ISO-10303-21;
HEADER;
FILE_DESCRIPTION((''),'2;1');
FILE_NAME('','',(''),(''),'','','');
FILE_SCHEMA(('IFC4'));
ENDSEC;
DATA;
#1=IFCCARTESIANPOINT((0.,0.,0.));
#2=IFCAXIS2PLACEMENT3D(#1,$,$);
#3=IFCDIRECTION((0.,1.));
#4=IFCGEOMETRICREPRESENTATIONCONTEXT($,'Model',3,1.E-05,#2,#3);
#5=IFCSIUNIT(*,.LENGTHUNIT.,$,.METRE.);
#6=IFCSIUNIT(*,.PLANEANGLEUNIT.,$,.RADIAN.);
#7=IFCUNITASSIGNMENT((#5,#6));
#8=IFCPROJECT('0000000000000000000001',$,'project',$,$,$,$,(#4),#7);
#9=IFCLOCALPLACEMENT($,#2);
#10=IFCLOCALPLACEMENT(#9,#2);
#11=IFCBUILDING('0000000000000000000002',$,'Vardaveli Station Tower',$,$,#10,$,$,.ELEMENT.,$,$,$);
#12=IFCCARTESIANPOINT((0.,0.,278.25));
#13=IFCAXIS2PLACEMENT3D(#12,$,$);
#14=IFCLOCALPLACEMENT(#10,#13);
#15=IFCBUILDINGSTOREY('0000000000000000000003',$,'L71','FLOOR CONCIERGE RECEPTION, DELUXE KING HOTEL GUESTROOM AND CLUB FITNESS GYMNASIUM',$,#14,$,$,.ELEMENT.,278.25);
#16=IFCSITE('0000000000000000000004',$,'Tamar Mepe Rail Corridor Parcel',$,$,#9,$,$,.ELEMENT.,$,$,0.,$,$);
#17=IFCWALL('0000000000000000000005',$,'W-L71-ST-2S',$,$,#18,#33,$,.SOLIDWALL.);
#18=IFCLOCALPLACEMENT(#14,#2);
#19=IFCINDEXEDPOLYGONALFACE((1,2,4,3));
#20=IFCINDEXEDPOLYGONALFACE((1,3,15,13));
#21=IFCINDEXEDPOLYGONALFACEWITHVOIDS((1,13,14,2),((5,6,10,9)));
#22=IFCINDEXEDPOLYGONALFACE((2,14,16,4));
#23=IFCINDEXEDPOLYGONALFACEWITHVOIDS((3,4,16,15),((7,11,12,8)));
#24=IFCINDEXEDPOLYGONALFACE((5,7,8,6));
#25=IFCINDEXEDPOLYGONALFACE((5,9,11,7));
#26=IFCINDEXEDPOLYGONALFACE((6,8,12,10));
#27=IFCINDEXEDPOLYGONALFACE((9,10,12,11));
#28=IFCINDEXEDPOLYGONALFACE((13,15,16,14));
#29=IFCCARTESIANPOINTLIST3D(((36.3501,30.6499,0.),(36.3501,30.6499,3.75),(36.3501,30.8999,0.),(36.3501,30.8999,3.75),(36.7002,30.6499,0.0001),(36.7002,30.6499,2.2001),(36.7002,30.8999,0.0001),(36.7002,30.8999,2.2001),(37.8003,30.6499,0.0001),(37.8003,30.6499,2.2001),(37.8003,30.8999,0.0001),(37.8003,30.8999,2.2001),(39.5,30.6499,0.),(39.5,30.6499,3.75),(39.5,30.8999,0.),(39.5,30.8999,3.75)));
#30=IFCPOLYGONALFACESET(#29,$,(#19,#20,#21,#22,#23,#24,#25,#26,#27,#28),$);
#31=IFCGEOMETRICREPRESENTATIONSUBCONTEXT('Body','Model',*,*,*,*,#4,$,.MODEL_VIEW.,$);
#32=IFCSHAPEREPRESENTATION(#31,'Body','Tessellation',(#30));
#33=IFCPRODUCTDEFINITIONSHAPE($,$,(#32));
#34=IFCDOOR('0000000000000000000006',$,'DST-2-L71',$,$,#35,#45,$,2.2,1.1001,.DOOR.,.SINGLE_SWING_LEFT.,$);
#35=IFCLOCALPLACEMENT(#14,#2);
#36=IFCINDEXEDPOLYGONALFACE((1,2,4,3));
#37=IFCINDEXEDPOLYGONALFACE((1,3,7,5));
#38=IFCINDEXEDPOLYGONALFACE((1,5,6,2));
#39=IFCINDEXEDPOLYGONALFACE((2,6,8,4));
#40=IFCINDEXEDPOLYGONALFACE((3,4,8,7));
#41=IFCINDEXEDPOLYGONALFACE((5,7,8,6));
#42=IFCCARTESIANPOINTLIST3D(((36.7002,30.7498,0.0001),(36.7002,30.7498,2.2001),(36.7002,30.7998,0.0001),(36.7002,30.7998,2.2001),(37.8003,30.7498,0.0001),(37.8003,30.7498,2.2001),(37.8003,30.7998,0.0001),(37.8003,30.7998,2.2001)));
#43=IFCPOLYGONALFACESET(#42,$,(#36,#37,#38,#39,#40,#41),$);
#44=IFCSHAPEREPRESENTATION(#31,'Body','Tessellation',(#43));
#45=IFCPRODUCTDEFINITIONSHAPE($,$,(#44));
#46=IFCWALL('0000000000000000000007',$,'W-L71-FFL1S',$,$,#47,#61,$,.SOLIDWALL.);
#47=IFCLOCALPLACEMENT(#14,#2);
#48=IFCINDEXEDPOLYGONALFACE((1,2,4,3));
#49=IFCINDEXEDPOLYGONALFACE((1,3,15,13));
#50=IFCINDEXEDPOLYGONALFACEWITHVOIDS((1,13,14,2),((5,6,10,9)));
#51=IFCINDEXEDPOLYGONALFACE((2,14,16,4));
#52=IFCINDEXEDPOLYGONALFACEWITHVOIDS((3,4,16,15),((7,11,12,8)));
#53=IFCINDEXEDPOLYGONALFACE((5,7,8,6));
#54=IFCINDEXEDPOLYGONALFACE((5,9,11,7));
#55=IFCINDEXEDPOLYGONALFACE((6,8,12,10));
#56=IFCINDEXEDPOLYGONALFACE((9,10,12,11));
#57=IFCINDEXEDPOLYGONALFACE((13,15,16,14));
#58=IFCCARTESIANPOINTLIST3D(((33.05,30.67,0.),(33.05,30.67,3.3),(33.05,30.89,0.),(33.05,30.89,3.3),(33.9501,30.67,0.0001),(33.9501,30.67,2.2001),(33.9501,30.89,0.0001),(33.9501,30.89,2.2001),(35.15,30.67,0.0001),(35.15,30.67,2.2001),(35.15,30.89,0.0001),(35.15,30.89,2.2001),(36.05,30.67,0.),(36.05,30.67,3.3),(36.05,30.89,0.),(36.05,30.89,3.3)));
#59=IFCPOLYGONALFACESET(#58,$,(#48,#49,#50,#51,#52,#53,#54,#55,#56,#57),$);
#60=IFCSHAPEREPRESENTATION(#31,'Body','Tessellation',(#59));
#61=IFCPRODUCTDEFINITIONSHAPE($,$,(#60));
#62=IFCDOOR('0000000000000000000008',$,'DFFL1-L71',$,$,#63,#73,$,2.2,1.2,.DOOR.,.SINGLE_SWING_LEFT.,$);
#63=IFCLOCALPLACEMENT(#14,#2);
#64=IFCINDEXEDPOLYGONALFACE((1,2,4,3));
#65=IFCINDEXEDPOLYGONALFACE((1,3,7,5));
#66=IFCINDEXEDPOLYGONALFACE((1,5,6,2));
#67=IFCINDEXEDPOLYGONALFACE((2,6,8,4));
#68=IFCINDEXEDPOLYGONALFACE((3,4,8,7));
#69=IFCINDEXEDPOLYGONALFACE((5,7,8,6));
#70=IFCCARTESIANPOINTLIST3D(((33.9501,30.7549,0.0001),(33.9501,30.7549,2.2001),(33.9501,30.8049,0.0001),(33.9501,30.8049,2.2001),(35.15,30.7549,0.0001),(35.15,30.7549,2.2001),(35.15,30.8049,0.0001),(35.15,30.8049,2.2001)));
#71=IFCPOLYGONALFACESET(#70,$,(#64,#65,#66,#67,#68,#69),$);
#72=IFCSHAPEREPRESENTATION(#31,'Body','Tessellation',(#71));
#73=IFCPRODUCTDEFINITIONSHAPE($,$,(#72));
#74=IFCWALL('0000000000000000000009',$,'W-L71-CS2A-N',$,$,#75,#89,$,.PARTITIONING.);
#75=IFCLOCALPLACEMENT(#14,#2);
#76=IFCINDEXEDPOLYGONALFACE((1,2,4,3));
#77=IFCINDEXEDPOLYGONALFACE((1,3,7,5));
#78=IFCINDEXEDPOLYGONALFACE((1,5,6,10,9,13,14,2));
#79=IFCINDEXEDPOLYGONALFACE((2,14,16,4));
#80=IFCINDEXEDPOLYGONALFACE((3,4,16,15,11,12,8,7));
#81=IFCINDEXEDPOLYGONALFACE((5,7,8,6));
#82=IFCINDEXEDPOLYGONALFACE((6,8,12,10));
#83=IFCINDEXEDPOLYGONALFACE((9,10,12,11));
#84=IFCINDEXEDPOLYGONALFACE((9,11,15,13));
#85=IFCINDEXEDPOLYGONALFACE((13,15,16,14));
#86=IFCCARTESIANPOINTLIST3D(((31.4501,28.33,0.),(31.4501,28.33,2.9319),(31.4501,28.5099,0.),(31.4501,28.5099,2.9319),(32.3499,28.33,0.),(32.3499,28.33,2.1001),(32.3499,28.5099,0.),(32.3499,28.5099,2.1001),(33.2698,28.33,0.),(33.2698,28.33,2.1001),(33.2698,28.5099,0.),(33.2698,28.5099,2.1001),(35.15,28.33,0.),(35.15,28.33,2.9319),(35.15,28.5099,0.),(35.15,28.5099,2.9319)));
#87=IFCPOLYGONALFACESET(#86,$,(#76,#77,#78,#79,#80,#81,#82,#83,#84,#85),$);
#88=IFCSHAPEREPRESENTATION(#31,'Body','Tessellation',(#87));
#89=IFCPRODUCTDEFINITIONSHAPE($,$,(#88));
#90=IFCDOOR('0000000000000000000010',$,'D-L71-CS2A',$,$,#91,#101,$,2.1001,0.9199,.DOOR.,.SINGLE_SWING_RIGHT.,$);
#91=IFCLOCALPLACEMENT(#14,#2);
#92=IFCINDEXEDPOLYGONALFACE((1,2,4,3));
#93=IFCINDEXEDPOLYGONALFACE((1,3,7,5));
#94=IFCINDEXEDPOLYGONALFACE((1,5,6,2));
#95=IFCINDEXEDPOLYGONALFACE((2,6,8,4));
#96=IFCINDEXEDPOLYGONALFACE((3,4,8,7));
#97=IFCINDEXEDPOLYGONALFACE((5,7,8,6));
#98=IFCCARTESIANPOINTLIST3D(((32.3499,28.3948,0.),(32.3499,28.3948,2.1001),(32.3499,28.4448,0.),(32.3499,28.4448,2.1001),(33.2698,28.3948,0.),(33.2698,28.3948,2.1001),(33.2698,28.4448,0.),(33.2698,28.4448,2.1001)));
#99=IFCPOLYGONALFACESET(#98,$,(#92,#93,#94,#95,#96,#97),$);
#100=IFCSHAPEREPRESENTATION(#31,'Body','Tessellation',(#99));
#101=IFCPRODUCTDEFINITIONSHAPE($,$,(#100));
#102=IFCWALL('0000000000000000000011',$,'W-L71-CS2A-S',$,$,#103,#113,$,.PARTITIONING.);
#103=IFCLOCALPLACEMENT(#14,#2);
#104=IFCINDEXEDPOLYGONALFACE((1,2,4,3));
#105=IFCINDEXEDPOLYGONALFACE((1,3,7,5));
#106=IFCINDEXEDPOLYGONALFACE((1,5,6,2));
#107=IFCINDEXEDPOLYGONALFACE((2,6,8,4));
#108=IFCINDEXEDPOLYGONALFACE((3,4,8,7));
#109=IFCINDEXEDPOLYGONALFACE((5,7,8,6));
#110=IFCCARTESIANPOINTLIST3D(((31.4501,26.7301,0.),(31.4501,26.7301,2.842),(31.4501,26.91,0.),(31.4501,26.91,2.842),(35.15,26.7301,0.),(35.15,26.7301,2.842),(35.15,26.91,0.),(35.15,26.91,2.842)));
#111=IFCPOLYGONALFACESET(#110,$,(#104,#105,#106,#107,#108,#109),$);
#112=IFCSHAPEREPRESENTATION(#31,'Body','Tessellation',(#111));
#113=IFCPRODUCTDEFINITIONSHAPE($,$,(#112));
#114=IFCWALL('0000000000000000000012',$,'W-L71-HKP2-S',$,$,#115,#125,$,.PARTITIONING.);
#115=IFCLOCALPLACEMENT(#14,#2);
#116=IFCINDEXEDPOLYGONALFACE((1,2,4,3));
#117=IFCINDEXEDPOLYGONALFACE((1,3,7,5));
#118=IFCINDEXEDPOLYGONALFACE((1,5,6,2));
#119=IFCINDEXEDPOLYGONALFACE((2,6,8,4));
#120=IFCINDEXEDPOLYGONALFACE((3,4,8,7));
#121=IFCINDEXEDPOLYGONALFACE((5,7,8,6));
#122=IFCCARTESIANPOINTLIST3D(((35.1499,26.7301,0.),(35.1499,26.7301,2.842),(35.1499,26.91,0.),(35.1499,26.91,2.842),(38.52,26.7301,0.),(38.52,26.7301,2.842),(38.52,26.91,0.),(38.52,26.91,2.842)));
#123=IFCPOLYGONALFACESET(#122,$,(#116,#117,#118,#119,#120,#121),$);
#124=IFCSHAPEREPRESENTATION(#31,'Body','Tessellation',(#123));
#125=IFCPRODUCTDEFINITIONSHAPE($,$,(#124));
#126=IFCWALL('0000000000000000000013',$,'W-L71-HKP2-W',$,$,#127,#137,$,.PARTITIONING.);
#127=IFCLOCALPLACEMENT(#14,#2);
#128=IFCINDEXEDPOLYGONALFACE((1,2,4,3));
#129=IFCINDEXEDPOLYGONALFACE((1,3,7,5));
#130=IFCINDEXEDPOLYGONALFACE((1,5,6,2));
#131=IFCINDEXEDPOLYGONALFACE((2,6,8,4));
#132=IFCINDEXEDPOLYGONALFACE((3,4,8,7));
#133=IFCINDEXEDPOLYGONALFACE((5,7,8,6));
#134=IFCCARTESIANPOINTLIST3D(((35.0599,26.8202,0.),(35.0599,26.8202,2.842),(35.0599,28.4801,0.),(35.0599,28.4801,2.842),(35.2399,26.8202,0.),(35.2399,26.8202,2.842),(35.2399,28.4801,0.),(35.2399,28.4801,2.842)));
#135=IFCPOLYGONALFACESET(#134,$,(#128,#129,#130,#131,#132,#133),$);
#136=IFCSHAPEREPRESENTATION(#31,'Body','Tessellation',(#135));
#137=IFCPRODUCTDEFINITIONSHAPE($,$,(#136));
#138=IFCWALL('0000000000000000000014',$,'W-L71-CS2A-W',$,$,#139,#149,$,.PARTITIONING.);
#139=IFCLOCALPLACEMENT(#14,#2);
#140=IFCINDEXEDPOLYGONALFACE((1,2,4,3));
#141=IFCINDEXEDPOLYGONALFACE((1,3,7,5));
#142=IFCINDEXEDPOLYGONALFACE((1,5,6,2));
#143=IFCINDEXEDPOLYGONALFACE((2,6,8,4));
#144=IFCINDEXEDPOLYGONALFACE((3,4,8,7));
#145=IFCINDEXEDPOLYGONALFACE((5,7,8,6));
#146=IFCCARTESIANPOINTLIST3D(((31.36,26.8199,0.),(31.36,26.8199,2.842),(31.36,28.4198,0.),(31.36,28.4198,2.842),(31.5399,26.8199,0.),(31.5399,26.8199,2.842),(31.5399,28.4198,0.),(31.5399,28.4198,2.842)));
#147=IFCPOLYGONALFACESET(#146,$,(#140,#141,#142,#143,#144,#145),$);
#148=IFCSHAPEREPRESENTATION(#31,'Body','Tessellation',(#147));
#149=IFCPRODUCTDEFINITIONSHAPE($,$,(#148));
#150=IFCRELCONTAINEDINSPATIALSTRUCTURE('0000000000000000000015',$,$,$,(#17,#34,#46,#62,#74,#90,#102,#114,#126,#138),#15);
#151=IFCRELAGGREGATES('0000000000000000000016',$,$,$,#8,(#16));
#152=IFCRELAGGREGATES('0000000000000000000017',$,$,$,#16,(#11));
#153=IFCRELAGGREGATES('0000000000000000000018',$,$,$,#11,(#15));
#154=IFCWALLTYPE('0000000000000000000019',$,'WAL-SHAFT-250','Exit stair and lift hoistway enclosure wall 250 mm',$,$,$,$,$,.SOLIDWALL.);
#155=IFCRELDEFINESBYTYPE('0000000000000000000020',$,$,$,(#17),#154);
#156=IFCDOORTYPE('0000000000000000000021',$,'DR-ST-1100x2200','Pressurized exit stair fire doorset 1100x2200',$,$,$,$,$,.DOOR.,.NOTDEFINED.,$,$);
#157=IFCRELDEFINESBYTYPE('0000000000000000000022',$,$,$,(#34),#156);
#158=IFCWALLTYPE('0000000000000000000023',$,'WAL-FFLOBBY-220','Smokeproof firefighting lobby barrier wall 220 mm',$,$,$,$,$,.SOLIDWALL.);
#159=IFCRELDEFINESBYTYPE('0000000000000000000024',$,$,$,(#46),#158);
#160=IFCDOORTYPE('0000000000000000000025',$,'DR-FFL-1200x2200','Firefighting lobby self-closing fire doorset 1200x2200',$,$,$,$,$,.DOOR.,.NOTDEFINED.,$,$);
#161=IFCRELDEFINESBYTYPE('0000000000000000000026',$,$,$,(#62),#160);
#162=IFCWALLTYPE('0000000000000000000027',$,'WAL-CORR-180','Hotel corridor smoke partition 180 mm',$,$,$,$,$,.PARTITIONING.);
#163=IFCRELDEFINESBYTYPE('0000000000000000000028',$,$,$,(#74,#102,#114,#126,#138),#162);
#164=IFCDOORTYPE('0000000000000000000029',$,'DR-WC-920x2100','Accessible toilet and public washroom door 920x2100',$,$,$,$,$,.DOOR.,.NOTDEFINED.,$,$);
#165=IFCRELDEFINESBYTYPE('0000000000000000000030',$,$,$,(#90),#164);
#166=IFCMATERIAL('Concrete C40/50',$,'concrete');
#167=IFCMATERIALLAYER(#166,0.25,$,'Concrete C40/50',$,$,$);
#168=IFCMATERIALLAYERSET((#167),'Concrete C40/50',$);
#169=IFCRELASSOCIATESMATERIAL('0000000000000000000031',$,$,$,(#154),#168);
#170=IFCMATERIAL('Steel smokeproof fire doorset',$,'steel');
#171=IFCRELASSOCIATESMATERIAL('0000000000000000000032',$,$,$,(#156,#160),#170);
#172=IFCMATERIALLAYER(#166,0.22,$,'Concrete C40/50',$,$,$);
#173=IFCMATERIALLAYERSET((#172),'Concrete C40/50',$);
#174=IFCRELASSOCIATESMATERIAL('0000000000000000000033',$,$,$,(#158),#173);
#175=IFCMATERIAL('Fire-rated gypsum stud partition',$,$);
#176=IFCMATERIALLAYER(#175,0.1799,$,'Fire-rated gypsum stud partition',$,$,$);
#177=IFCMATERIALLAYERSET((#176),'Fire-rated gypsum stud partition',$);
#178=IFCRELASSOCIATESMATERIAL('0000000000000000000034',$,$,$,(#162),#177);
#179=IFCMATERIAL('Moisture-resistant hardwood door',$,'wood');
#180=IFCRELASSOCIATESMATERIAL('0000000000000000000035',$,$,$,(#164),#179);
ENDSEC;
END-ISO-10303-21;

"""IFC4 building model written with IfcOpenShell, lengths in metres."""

from ifc_helpers import new_model, si_unit, direction, frame, frame_2d, origin, place, context, subcontext, project, spatial, rectangle, extrude, source, transform, mapped, material, layer, layer_set, type_object, element, fill, save


model = new_model("IFC4")

# Units and contexts
model_context = context("Model", 3, precision=1e-05, world=origin(), true_north=direction((0.0, 1.0)))
body_context = subcontext(model_context, "Body", "Model", "MODEL_VIEW")
ifc_project = project(units=[si_unit("LENGTHUNIT", "METRE"), si_unit("PLANEANGLEUNIT", "RADIAN")], contexts=[model_context])

# Site, building, storey
site_placement = place(None, origin())
site = spatial("IfcSite", under=ifc_project, at=site_placement, Name="Tamar Mepe Rail Corridor Parcel", CompositionType="ELEMENT", RefElevation=0.0)
building_placement = place(site_placement, origin())
building = spatial("IfcBuilding", under=site, at=building_placement, Name="Vardaveli Station Tower", CompositionType="ELEMENT")
storey_placement = place(building_placement, frame((0.0, 0.0, 278.25)))
storey = spatial("IfcBuildingStorey", under=building, at=storey_placement, Name="L71", Description="FLOOR CONCIERGE RECEPTION, DELUXE KING HOTEL GUESTROOM AND CLUB FITNESS GYMNASIUM", CompositionType="ELEMENT", Elevation=278.25)

# Shared definitions
ifc_material_1 = material(Name="Concrete C40/50", Category="concrete")
ifc_layer_1 = layer(ifc_material_1, 0.25, Name="Concrete C40/50")
ifc_layer_set_1 = layer_set([ifc_layer_1], Name="Concrete C40/50")
wall_type_1 = type_object("IfcWallType", Name="WAL-SHAFT-250", Description="Exit stair and lift hoistway enclosure wall 250 mm", PredefinedType="SOLIDWALL", material=ifc_layer_set_1)

# Walls, openings, doors
shared_shape_1 = source(origin(), body_context, "Body", "SweptSolid", [
    extrude(rectangle(XDim=3.1499, YDim=0.25, at=frame_2d((1.575, 0.0))), origin(), (0.0, 0.0, 1.0), 3.75),
])
shared_shape_2 = source(origin(), body_context, "Body", "SweptSolid", [
    extrude(rectangle(XDim=1.1001, YDim=2.2, at=frame_2d((0.55, 1.1001))), frame((0.0, 0.135, 0.0), z_axis=(0.0, -1.0, 0.0), x_axis=(1.0, 0.0, 0.0)), (0.0, 0.0, 1.0), 0.27),
])
ifc_material_2 = material(Name="Steel smokeproof fire doorset", Category="steel")
door_type_1 = type_object("IfcDoorType", Name="DR-ST-1100x2200", Description="Pressurized exit stair fire doorset 1100x2200", OperationType="NOTDEFINED", PredefinedType="DOOR", material=ifc_material_2)
shared_shape_3 = source(origin(), body_context, "Body", "SweptSolid", [
    extrude(rectangle(XDim=1.1001, YDim=2.2, at=frame_2d((0.55, 1.1001))), frame((0.0, 0.0249, 0.0), z_axis=(0.0, -1.0, 0.0), x_axis=(1.0, 0.0, 0.0)), (0.0, 0.0, 1.0), 0.05),
])
wall_1_placement = place(storey_placement, frame((36.3501, 30.7749, 0.0), z_axis=(0.0, 0.0, 1.0), x_axis=(1.0, 0.0, 0.0)))
wall_1 = element("IfcWall", 1, at=wall_1_placement, inside=storey, type_object=wall_type_1, Name="W-L71-ST-2S", PredefinedType="SOLIDWALL", context=body_context, shape_type="MappedRepresentation", body=[
    mapped(shared_shape_1, transform((0.0, 0.0, 0.0), scale=1.0)),
])
opening_1_placement = place(wall_1_placement, frame((0.3501, 0.0, 0.0)))
opening_1 = element("IfcOpeningElement", 2, at=opening_1_placement, cuts=wall_1, PredefinedType="OPENING", context=body_context, shape_type="MappedRepresentation", body=[
    mapped(shared_shape_2, transform((0.0, 0.0, 0.0), scale=1.0)),
])
door_1_placement = place(opening_1_placement, origin())
door_1 = element("IfcDoor", 3, at=door_1_placement, inside=storey, type_object=door_type_1, Name="DST-2-L71", OperationType="SINGLE_SWING_LEFT", OverallHeight=2.2, OverallWidth=1.1001, PredefinedType="DOOR", context=body_context, shape_type="MappedRepresentation", body=[
    mapped(shared_shape_3, transform((0.0, 0.0, 0.0), scale=1.0)),
])
fill(opening_1, door_1)
ifc_layer_2 = layer(ifc_material_1, 0.22, Name="Concrete C40/50")
ifc_layer_set_2 = layer_set([ifc_layer_2], Name="Concrete C40/50")
wall_type_2 = type_object("IfcWallType", Name="WAL-FFLOBBY-220", Description="Smokeproof firefighting lobby barrier wall 220 mm", PredefinedType="SOLIDWALL", material=ifc_layer_set_2)
shared_shape_4 = source(origin(), body_context, "Body", "SweptSolid", [
    extrude(rectangle(XDim=3.0, YDim=0.22, at=frame_2d((1.5, 0.0))), origin(), (0.0, 0.0, 1.0), 3.3),
])
wall_2_placement = place(storey_placement, frame((33.05, 30.78, 0.0), z_axis=(0.0, 0.0, 1.0), x_axis=(1.0, 0.0, 0.0)))
wall_2 = element("IfcWall", 4, at=wall_2_placement, inside=storey, type_object=wall_type_2, Name="W-L71-FFL1S", PredefinedType="SOLIDWALL", context=body_context, shape_type="MappedRepresentation", body=[
    mapped(shared_shape_4, transform((0.0, 0.0, 0.0), scale=1.0)),
])
shared_shape_5 = source(origin(), body_context, "Body", "SweptSolid", [
    extrude(rectangle(XDim=1.2, YDim=2.2, at=frame_2d((0.6001, 1.1001))), frame((0.0, 0.1201, 0.0), z_axis=(0.0, -1.0, 0.0), x_axis=(1.0, 0.0, 0.0)), (0.0, 0.0, 1.0), 0.24),
])
opening_2_placement = place(wall_2_placement, frame((0.8999, 0.0, 0.0)))
opening_2 = element("IfcOpeningElement", 5, at=opening_2_placement, cuts=wall_2, PredefinedType="OPENING", context=body_context, shape_type="MappedRepresentation", body=[
    mapped(shared_shape_5, transform((0.0, 0.0, 0.0), scale=1.0)),
])
door_type_2 = type_object("IfcDoorType", Name="DR-FFL-1200x2200", Description="Firefighting lobby self-closing fire doorset 1200x2200", OperationType="NOTDEFINED", PredefinedType="DOOR", material=ifc_material_2)
shared_shape_6 = source(origin(), body_context, "Body", "SweptSolid", [
    extrude(rectangle(XDim=1.2, YDim=2.2, at=frame_2d((0.6001, 1.1001))), frame((0.0, 0.0249, 0.0), z_axis=(0.0, -1.0, 0.0), x_axis=(1.0, 0.0, 0.0)), (0.0, 0.0, 1.0), 0.05),
])
door_2_placement = place(opening_2_placement, origin())
door_2 = element("IfcDoor", 6, at=door_2_placement, inside=storey, type_object=door_type_2, Name="DFFL1-L71", OperationType="SINGLE_SWING_LEFT", OverallHeight=2.2, OverallWidth=1.2, PredefinedType="DOOR", context=body_context, shape_type="MappedRepresentation", body=[
    mapped(shared_shape_6, transform((0.0, 0.0, 0.0), scale=1.0)),
])
fill(opening_2, door_2)
ifc_material_3 = material(Name="Fire-rated gypsum stud partition")
ifc_layer_3 = layer(ifc_material_3, 0.1799, Name="Fire-rated gypsum stud partition")
ifc_layer_set_3 = layer_set([ifc_layer_3], Name="Fire-rated gypsum stud partition")
wall_type_3 = type_object("IfcWallType", Name="WAL-CORR-180", Description="Hotel corridor smoke partition 180 mm", PredefinedType="PARTITIONING", material=ifc_layer_set_3)
shared_shape_7 = source(origin(), body_context, "Body", "SweptSolid", [
    extrude(rectangle(XDim=3.7, YDim=0.1799, at=frame_2d((1.8501, 0.0))), origin(), (0.0, 0.0, 1.0), 2.9319),
])
wall_3_placement = place(storey_placement, frame((31.45, 28.4199, 0.0), z_axis=(0.0, 0.0, 1.0), x_axis=(1.0, 0.0, 0.0)))
wall_3 = element("IfcWall", 7, at=wall_3_placement, inside=storey, type_object=wall_type_3, Name="W-L71-CS2A-N", PredefinedType="PARTITIONING", context=body_context, shape_type="MappedRepresentation", body=[
    mapped(shared_shape_7, transform((0.0, 0.0, 0.0), scale=1.0)),
])
shared_shape_8 = source(origin(), body_context, "Body", "SweptSolid", [
    extrude(rectangle(XDim=0.9199, YDim=2.1001, at=frame_2d((0.46, 1.05))), frame((0.0, 0.1001, 0.0), z_axis=(0.0, -1.0, 0.0), x_axis=(1.0, 0.0, 0.0)), (0.0, 0.0, 1.0), 0.2),
])
opening_3_placement = place(wall_3_placement, frame((0.8999, 0.0, 0.0)))
opening_3 = element("IfcOpeningElement", 8, at=opening_3_placement, cuts=wall_3, PredefinedType="OPENING", context=body_context, shape_type="MappedRepresentation", body=[
    mapped(shared_shape_8, transform((0.0, 0.0, 0.0), scale=1.0)),
])
ifc_material_4 = material(Name="Moisture-resistant hardwood door", Category="wood")
door_type_3 = type_object("IfcDoorType", Name="DR-WC-920x2100", Description="Accessible toilet and public washroom door 920x2100", OperationType="NOTDEFINED", PredefinedType="DOOR", material=ifc_material_4)
shared_shape_9 = source(origin(), body_context, "Body", "SweptSolid", [
    extrude(rectangle(XDim=0.9199, YDim=2.1001, at=frame_2d((0.46, 1.05))), frame((0.0, 0.0249, 0.0), z_axis=(0.0, -1.0, 0.0), x_axis=(1.0, 0.0, 0.0)), (0.0, 0.0, 1.0), 0.05),
])
door_3_placement = place(opening_3_placement, origin())
door_3 = element("IfcDoor", 9, at=door_3_placement, inside=storey, type_object=door_type_3, Name="D-L71-CS2A", OperationType="SINGLE_SWING_RIGHT", OverallHeight=2.1001, OverallWidth=0.9199, PredefinedType="DOOR", context=body_context, shape_type="MappedRepresentation", body=[
    mapped(shared_shape_9, transform((0.0, 0.0, 0.0), scale=1.0)),
])
fill(opening_3, door_3)

# Walls
shared_shape_10 = source(origin(), body_context, "Body", "SweptSolid", [
    extrude(rectangle(XDim=3.7, YDim=0.1799, at=frame_2d((1.8501, 0.0))), origin(), (0.0, 0.0, 1.0), 2.842),
])
wall_4_placement = place(storey_placement, frame((31.45, 26.8201, 0.0), z_axis=(0.0, 0.0, 1.0), x_axis=(1.0, 0.0, 0.0)))
element("IfcWall", 10, at=wall_4_placement, inside=storey, type_object=wall_type_3, Name="W-L71-CS2A-S", PredefinedType="PARTITIONING", context=body_context, shape_type="MappedRepresentation", body=[
    mapped(shared_shape_10, transform((0.0, 0.0, 0.0), scale=1.0)),
])
shared_shape_11 = source(origin(), body_context, "Body", "SweptSolid", [
    extrude(rectangle(XDim=3.3701, YDim=0.1799, at=frame_2d((1.6851, 0.0))), origin(), (0.0, 0.0, 1.0), 2.842),
])
wall_5_placement = place(storey_placement, frame((35.1499, 26.8201, 0.0), z_axis=(0.0, 0.0, 1.0), x_axis=(1.0, 0.0, 0.0)))
element("IfcWall", 11, at=wall_5_placement, inside=storey, type_object=wall_type_3, Name="W-L71-HKP2-S", PredefinedType="PARTITIONING", context=body_context, shape_type="MappedRepresentation", body=[
    mapped(shared_shape_11, transform((0.0, 0.0, 0.0), scale=1.0)),
])
shared_shape_12 = source(origin(), body_context, "Body", "SweptSolid", [
    extrude(rectangle(XDim=1.6599, YDim=0.1799, at=frame_2d((0.8301, 0.0))), origin(), (0.0, 0.0, 1.0), 2.842),
])
wall_6_placement = place(storey_placement, frame((35.1499, 26.8201, 0.0), z_axis=(0.0, 0.0, 1.0), x_axis=(0.0, 1.0, 0.0)))
element("IfcWall", 12, at=wall_6_placement, inside=storey, type_object=wall_type_3, Name="W-L71-HKP2-W", PredefinedType="PARTITIONING", context=body_context, shape_type="MappedRepresentation", body=[
    mapped(shared_shape_12, transform((0.0, 0.0, 0.0), scale=1.0)),
])
shared_shape_13 = source(origin(), body_context, "Body", "SweptSolid", [
    extrude(rectangle(XDim=1.5999, YDim=0.1799, at=frame_2d((0.7998, 0.0))), origin(), (0.0, 0.0, 1.0), 2.842),
])
wall_7_placement = place(storey_placement, frame((31.45, 26.8201, 0.0), z_axis=(0.0, 0.0, 1.0), x_axis=(0.0, 1.0, 0.0)))
element("IfcWall", 13, at=wall_7_placement, inside=storey, type_object=wall_type_3, Name="W-L71-CS2A-W", PredefinedType="PARTITIONING", context=body_context, shape_type="MappedRepresentation", body=[
    mapped(shared_shape_13, transform((0.0, 0.0, 0.0), scale=1.0)),
])

save(model, "model.ifc")
